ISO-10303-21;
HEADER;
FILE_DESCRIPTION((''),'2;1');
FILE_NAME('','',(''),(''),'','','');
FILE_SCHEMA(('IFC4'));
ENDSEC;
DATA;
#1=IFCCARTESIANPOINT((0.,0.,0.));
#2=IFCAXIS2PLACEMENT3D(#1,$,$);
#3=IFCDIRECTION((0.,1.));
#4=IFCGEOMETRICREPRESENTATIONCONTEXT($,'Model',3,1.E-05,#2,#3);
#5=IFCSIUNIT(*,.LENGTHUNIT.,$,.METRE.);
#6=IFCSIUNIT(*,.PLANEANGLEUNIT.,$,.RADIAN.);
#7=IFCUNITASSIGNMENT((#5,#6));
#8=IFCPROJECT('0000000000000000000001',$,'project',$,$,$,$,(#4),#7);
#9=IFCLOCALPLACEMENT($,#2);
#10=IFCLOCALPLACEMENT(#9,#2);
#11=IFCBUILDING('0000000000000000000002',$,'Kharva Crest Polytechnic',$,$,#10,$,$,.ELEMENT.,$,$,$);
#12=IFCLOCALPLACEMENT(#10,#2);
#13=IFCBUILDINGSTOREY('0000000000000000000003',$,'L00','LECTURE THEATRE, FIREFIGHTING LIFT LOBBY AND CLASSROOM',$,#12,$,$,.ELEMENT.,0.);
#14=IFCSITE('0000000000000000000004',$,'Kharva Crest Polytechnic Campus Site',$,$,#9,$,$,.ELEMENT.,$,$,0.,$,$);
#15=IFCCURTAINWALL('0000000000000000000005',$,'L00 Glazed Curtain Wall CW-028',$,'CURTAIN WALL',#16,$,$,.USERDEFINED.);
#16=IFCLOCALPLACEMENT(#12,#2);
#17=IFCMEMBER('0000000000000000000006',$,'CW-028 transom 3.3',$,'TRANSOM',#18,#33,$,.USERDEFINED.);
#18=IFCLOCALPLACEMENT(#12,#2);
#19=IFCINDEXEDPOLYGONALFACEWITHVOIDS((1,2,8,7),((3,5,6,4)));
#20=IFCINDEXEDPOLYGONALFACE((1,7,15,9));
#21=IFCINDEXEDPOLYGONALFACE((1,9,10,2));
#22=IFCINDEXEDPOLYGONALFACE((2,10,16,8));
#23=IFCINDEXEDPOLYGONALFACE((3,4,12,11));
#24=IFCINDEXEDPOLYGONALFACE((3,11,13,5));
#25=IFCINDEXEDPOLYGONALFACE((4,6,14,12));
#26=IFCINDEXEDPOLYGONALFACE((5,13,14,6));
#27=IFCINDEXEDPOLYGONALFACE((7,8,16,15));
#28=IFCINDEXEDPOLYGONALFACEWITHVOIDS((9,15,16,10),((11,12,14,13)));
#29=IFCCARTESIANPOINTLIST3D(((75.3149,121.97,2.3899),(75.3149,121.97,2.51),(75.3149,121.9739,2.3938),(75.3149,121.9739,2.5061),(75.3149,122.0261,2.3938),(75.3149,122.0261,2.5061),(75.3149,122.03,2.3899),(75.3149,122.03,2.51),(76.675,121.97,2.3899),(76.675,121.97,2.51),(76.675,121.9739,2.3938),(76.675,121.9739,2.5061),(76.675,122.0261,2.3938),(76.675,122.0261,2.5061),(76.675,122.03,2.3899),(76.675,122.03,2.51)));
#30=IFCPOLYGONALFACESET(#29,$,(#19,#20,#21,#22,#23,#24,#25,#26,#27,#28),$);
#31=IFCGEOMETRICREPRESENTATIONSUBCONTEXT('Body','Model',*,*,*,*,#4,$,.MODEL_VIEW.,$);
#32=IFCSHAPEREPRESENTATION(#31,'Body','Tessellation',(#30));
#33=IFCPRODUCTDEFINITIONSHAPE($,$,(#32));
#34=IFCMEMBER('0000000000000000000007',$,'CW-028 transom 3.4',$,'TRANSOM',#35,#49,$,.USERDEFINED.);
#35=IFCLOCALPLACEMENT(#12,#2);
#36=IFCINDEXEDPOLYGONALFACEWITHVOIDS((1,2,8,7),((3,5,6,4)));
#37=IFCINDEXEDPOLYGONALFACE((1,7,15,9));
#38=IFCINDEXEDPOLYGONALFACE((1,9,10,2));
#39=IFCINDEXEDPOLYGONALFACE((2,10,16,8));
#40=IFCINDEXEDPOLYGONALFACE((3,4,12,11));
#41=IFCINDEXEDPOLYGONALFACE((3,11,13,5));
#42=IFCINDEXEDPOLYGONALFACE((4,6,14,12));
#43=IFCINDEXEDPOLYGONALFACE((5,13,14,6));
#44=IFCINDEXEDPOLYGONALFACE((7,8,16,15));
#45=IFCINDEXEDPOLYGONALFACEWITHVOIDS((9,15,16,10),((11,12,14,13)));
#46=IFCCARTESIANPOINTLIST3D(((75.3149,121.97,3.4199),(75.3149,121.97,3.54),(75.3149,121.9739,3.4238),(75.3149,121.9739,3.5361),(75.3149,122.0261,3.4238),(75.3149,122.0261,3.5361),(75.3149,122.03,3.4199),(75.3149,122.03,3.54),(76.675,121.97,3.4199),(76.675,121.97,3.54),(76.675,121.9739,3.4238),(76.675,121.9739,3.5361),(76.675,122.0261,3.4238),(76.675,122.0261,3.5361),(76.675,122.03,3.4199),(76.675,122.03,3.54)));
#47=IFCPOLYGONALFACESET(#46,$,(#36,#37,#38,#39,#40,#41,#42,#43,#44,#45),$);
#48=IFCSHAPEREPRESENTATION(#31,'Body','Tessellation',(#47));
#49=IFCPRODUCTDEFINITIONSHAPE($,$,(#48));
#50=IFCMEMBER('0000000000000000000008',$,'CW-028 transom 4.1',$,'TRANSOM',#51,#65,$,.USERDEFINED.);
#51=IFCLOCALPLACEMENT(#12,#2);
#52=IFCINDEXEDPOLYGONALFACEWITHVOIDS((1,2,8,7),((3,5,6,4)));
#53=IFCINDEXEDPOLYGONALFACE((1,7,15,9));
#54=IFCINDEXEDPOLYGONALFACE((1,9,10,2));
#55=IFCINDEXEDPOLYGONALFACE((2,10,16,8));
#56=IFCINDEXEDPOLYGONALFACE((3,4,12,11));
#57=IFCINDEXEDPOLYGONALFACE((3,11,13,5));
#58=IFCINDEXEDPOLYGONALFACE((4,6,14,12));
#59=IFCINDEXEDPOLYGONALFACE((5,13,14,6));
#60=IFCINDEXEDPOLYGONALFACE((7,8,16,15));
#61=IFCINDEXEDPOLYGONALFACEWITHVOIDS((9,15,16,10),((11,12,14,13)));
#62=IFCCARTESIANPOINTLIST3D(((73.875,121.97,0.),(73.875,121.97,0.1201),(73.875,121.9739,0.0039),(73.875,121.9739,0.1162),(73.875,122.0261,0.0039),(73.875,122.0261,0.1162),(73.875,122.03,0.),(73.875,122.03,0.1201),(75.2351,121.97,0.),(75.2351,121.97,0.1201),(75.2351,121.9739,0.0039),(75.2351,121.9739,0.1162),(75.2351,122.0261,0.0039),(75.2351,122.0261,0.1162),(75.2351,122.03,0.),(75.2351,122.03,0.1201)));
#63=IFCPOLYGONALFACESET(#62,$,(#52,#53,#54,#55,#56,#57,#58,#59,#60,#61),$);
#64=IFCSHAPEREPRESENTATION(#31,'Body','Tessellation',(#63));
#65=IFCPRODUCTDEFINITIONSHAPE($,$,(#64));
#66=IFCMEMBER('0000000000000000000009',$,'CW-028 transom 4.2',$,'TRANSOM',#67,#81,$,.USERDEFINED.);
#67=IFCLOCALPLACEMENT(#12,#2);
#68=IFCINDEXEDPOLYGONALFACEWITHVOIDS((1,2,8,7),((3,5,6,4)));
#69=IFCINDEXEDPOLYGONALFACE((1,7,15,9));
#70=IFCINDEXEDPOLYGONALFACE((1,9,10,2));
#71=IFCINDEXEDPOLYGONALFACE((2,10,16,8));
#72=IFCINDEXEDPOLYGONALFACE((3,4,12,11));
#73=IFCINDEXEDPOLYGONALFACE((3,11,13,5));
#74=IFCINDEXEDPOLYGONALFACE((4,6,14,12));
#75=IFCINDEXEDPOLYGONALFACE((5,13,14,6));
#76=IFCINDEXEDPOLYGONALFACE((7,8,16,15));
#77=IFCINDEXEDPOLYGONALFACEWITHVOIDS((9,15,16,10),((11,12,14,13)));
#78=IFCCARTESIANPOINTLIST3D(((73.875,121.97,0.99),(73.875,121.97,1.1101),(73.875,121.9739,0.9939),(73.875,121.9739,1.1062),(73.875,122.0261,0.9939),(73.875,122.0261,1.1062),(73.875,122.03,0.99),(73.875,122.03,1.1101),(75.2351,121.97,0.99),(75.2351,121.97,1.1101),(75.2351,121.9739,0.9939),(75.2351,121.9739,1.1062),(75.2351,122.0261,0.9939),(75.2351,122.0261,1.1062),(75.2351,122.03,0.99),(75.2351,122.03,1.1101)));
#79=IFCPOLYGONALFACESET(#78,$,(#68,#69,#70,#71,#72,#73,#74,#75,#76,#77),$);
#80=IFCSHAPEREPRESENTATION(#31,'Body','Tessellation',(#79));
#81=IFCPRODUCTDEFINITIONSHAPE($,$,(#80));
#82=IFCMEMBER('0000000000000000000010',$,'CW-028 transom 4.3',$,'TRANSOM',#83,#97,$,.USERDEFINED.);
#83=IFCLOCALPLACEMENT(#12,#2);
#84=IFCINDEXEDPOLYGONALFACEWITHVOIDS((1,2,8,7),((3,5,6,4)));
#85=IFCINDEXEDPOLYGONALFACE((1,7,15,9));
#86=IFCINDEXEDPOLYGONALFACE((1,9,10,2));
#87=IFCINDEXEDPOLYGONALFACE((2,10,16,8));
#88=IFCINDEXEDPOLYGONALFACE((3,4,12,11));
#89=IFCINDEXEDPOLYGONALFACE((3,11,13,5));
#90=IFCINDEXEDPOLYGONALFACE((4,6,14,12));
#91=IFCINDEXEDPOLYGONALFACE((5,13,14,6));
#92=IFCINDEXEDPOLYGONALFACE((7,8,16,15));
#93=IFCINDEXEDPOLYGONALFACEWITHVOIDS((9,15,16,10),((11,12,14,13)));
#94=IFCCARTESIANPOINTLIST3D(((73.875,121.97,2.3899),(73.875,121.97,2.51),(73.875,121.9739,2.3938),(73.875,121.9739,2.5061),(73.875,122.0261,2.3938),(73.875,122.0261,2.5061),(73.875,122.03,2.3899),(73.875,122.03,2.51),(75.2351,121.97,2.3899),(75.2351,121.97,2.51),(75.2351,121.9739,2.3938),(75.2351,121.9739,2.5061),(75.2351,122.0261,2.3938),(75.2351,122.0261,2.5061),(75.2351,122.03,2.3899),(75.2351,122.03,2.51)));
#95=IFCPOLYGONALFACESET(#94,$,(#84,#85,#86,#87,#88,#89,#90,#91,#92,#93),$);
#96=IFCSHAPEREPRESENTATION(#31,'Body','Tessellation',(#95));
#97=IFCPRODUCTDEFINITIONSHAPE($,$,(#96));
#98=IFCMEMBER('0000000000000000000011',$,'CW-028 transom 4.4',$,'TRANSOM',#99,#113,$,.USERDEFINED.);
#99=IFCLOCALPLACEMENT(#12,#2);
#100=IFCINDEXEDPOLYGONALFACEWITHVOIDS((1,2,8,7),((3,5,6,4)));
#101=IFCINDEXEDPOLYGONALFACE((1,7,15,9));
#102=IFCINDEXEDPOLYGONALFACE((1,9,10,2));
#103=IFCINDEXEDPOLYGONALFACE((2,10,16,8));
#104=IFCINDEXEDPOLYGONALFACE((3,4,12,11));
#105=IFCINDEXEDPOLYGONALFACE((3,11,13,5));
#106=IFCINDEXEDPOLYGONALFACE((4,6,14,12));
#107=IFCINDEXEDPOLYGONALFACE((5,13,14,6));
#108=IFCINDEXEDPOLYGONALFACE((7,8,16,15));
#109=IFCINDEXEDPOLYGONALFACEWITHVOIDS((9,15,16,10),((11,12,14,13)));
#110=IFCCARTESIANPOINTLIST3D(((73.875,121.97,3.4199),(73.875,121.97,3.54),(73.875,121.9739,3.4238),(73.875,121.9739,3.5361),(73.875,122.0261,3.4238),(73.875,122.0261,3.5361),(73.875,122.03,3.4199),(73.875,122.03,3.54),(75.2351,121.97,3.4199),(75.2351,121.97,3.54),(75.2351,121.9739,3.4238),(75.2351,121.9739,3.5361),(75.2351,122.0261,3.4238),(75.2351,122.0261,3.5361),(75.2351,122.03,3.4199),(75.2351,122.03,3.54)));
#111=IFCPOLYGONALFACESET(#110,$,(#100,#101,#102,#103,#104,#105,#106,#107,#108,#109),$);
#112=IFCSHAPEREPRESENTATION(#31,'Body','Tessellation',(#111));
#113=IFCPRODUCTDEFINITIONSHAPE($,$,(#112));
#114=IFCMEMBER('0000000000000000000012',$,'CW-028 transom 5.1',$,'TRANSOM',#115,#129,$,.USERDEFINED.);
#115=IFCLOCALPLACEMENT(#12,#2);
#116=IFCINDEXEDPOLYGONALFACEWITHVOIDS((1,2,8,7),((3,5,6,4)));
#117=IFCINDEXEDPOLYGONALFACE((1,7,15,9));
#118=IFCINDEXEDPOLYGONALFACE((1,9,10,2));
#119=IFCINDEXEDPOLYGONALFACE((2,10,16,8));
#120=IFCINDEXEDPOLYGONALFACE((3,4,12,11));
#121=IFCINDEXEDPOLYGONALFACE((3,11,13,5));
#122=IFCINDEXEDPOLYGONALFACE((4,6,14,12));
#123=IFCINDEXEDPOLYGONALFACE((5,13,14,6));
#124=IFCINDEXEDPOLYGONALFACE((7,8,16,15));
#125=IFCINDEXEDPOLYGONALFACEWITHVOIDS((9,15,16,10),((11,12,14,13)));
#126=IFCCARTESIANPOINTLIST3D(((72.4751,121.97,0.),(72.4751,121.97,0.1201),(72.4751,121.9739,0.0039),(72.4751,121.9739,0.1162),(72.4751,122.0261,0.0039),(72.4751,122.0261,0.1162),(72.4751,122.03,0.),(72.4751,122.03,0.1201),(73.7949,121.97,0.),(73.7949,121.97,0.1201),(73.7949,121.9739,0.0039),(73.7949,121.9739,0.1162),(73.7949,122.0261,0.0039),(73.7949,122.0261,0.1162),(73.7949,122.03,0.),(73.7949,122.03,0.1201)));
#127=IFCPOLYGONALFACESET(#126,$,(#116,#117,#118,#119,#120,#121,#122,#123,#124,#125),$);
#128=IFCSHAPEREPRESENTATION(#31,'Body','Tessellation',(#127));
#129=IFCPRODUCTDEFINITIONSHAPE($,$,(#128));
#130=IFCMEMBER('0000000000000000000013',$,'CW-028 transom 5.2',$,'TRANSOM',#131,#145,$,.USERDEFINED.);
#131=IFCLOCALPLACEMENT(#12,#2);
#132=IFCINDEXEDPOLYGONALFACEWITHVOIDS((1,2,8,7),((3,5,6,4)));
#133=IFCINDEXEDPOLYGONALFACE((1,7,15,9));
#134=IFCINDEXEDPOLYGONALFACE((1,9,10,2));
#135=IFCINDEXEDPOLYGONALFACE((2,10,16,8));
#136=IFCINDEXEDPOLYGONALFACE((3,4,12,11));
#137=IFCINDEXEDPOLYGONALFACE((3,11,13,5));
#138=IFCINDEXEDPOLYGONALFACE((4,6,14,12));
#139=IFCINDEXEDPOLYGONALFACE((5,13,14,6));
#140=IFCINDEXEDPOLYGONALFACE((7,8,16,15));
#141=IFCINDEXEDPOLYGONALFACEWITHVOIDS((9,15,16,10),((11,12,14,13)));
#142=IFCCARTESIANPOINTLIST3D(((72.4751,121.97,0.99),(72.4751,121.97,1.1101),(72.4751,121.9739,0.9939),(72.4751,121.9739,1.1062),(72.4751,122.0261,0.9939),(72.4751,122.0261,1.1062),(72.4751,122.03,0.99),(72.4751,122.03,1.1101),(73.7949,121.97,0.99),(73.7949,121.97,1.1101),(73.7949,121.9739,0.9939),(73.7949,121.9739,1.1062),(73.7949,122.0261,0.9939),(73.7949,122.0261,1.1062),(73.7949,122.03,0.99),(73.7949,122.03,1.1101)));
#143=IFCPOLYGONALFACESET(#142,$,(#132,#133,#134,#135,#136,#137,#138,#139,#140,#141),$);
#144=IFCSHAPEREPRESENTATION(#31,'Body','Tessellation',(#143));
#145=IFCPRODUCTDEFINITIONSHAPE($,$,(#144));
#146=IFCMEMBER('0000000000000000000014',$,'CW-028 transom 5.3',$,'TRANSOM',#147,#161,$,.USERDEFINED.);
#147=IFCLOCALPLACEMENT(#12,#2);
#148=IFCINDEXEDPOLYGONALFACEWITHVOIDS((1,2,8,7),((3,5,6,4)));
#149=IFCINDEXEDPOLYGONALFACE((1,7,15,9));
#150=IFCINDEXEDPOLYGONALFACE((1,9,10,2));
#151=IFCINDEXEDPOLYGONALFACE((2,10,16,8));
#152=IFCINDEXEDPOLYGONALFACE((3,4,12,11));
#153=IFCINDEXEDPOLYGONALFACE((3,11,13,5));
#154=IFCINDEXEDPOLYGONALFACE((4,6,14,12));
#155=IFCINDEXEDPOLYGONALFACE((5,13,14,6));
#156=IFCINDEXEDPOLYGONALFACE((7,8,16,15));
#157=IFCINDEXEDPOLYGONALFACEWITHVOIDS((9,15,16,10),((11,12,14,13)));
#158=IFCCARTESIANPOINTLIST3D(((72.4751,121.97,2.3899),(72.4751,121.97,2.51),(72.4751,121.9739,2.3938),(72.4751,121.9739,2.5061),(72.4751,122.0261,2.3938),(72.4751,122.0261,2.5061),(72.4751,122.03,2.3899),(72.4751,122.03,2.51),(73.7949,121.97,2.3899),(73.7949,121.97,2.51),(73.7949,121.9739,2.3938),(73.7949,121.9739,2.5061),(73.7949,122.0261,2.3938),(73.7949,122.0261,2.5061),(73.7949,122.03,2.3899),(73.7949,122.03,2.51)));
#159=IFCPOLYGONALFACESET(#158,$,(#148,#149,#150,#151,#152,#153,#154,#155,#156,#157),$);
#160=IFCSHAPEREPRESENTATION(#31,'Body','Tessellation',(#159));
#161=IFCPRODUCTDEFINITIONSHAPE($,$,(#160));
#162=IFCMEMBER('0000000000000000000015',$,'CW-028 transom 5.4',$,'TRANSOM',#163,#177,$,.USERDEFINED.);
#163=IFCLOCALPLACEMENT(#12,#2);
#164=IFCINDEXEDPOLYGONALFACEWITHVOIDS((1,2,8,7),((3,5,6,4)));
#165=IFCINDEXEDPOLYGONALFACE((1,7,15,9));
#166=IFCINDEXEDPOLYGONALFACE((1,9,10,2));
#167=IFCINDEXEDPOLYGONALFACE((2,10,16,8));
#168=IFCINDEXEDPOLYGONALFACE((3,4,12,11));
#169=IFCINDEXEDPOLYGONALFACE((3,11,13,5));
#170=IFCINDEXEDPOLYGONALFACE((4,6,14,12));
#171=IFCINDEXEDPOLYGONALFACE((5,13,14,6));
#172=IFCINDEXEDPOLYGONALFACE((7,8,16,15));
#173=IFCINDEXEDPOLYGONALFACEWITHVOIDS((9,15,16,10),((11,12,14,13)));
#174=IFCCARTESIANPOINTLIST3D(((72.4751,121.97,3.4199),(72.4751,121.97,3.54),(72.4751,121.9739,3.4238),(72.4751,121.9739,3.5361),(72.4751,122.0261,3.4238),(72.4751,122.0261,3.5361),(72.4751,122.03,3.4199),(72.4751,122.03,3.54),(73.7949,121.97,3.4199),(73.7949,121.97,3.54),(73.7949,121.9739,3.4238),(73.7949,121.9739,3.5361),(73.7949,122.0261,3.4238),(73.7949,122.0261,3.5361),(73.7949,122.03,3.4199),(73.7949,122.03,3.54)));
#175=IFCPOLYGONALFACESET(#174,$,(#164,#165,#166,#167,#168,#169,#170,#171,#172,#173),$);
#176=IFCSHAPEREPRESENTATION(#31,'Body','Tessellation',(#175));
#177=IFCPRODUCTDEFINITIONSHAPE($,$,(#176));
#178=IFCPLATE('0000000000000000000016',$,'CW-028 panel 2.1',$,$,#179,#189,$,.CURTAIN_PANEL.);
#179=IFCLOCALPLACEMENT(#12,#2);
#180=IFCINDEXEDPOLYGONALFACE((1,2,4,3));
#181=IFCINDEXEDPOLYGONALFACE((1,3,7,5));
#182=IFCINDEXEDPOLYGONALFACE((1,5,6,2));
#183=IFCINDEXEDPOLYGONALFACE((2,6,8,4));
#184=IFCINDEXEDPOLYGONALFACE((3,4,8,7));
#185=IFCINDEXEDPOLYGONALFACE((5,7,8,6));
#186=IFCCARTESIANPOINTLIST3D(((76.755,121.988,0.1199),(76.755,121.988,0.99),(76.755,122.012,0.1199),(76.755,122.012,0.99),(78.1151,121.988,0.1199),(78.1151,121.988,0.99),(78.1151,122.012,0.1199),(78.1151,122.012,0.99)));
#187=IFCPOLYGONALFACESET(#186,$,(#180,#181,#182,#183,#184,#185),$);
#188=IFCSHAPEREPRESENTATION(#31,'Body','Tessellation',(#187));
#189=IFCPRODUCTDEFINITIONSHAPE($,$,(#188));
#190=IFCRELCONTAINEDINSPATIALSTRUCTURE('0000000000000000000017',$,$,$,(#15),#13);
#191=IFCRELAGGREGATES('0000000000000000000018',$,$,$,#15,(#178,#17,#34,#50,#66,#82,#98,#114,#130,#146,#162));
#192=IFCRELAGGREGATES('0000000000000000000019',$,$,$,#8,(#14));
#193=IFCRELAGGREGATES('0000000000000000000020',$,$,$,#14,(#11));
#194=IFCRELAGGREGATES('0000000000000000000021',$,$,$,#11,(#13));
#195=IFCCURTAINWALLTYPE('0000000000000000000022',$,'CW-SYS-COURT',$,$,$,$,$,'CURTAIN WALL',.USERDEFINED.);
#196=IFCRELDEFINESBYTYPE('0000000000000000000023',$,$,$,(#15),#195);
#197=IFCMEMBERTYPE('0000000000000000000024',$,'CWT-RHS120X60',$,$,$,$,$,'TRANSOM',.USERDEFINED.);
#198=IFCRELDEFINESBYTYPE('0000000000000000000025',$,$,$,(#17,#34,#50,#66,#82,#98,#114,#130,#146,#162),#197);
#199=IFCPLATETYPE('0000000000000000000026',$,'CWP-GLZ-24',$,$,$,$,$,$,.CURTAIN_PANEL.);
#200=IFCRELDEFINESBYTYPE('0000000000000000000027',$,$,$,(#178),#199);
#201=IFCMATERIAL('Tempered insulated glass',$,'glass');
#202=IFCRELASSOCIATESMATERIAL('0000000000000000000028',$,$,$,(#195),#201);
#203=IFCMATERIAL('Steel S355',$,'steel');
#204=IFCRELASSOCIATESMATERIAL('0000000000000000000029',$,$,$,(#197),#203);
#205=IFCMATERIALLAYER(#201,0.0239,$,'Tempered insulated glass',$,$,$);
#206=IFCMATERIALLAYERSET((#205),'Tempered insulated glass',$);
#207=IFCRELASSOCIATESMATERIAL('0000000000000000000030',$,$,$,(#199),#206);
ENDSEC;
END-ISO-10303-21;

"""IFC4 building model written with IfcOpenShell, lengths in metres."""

from ifc_helpers import new_model, si_unit, direction, frame, origin, origin_2d, place, context, subcontext, project, spatial, rectangle, hollow_rectangle, extrude, material, layer, layer_set, material_profile, profile_set, type_object, element, aggregate, save


model = new_model("IFC4")

# Units and contexts
model_context = context("Model", 3, precision=1e-05, world=origin(), true_north=direction((0.0, 1.0)))
body_context = subcontext(model_context, "Body", "Model", "MODEL_VIEW")
ifc_project = project(units=[si_unit("LENGTHUNIT", "METRE"), si_unit("PLANEANGLEUNIT", "RADIAN")], contexts=[model_context])

# Site, building, storey
site_placement = place(None, origin())
site = spatial("IfcSite", under=ifc_project, at=site_placement, Name="Kharva Crest Polytechnic Campus Site", CompositionType="ELEMENT", RefElevation=0.0)
building_placement = place(site_placement, origin())
building = spatial("IfcBuilding", under=site, at=building_placement, Name="Kharva Crest Polytechnic", CompositionType="ELEMENT")
storey_placement = place(building_placement, origin())
storey = spatial("IfcBuildingStorey", under=building, at=storey_placement, Name="L00", Description="LECTURE THEATRE, FIREFIGHTING LIFT LOBBY AND CLASSROOM", CompositionType="ELEMENT", Elevation=0.0)

# Curtain wall, members, plate
ifc_material_1 = material(Name="Tempered insulated glass", Category="glass")
curtain_wall_type = type_object("IfcCurtainWallType", Name="CW-SYS-COURT", ElementType="CURTAIN WALL", PredefinedType="USERDEFINED", material=ifc_material_1)
curtain_wall_placement = place(storey_placement, origin())
curtain_wall = element("IfcCurtainWall", 1, at=curtain_wall_placement, inside=storey, type_object=curtain_wall_type, Name="L00 Glazed Curtain Wall CW-028", ObjectType="CURTAIN WALL", PredefinedType="USERDEFINED")
ifc_material_2 = material(Name="Steel S355", Category="steel")
ifc_material_profile_1 = material_profile(ifc_material_2, hollow_rectangle(XDim=0.0601, YDim=0.1201, WallThickness=0.0039, at=origin_2d()), Name="RHS 120X60X4.0")
ifc_profile_set_1 = profile_set([ifc_material_profile_1], Name="Steel S355")
member_type_1 = type_object("IfcMemberType", Name="CWT-RHS120X60", ElementType="TRANSOM", PredefinedType="USERDEFINED", material=ifc_profile_set_1)
member_1_placement = place(storey_placement, frame((76.675, 122.0, 2.45), z_axis=(-1.0, 0.0, 0.0), x_axis=(0.0, -1.0, 0.0)))
member_1 = element("IfcMember", 2, at=member_1_placement, type_object=member_type_1, Name="CW-028 transom 3.3", ObjectType="TRANSOM", PredefinedType="USERDEFINED", context=body_context, shape_type="SweptSolid", body=[
    extrude(hollow_rectangle(XDim=0.0601, YDim=0.1201, WallThickness=0.0039, at=origin_2d()), origin(), (0.0, 0.0, 1.0), 1.3601),
])
member_2_placement = place(storey_placement, frame((76.675, 122.0, 3.48), z_axis=(-1.0, 0.0, 0.0), x_axis=(0.0, -1.0, 0.0)))
member_2 = element("IfcMember", 3, at=member_2_placement, type_object=member_type_1, Name="CW-028 transom 3.4", ObjectType="TRANSOM", PredefinedType="USERDEFINED", context=body_context, shape_type="SweptSolid", body=[
    extrude(hollow_rectangle(XDim=0.0601, YDim=0.1201, WallThickness=0.0039, at=origin_2d()), origin(), (0.0, 0.0, 1.0), 1.3601),
])
member_3_placement = place(storey_placement, frame((75.2351, 122.0, 0.0601), z_axis=(-1.0, 0.0, 0.0), x_axis=(0.0, -1.0, 0.0)))
member_3 = element("IfcMember", 4, at=member_3_placement, type_object=member_type_1, Name="CW-028 transom 4.1", ObjectType="TRANSOM", PredefinedType="USERDEFINED", context=body_context, shape_type="SweptSolid", body=[
    extrude(hollow_rectangle(XDim=0.0601, YDim=0.1201, WallThickness=0.0039, at=origin_2d()), origin(), (0.0, 0.0, 1.0), 1.3601),
])
member_4_placement = place(storey_placement, frame((75.2351, 122.0, 1.05), z_axis=(-1.0, 0.0, 0.0), x_axis=(0.0, -1.0, 0.0)))
member_4 = element("IfcMember", 5, at=member_4_placement, type_object=member_type_1, Name="CW-028 transom 4.2", ObjectType="TRANSOM", PredefinedType="USERDEFINED", context=body_context, shape_type="SweptSolid", body=[
    extrude(hollow_rectangle(XDim=0.0601, YDim=0.1201, WallThickness=0.0039, at=origin_2d()), origin(), (0.0, 0.0, 1.0), 1.3601),
])
member_5_placement = place(storey_placement, frame((75.2351, 122.0, 2.45), z_axis=(-1.0, 0.0, 0.0), x_axis=(0.0, -1.0, 0.0)))
member_5 = element("IfcMember", 6, at=member_5_placement, type_object=member_type_1, Name="CW-028 transom 4.3", ObjectType="TRANSOM", PredefinedType="USERDEFINED", context=body_context, shape_type="SweptSolid", body=[
    extrude(hollow_rectangle(XDim=0.0601, YDim=0.1201, WallThickness=0.0039, at=origin_2d()), origin(), (0.0, 0.0, 1.0), 1.3601),
])
member_6_placement = place(storey_placement, frame((75.2351, 122.0, 3.48), z_axis=(-1.0, 0.0, 0.0), x_axis=(0.0, -1.0, 0.0)))
member_6 = element("IfcMember", 7, at=member_6_placement, type_object=member_type_1, Name="CW-028 transom 4.4", ObjectType="TRANSOM", PredefinedType="USERDEFINED", context=body_context, shape_type="SweptSolid", body=[
    extrude(hollow_rectangle(XDim=0.0601, YDim=0.1201, WallThickness=0.0039, at=origin_2d()), origin(), (0.0, 0.0, 1.0), 1.3601),
])
member_7_placement = place(storey_placement, frame((73.7949, 122.0, 0.0601), z_axis=(-1.0, 0.0, 0.0), x_axis=(0.0, -1.0, 0.0)))
member_7 = element("IfcMember", 8, at=member_7_placement, type_object=member_type_1, Name="CW-028 transom 5.1", ObjectType="TRANSOM", PredefinedType="USERDEFINED", context=body_context, shape_type="SweptSolid", body=[
    extrude(hollow_rectangle(XDim=0.0601, YDim=0.1201, WallThickness=0.0039, at=origin_2d()), origin(), (0.0, 0.0, 1.0), 1.3198),
])
member_8_placement = place(storey_placement, frame((73.7949, 122.0, 1.05), z_axis=(-1.0, 0.0, 0.0), x_axis=(0.0, -1.0, 0.0)))
member_8 = element("IfcMember", 9, at=member_8_placement, type_object=member_type_1, Name="CW-028 transom 5.2", ObjectType="TRANSOM", PredefinedType="USERDEFINED", context=body_context, shape_type="SweptSolid", body=[
    extrude(hollow_rectangle(XDim=0.0601, YDim=0.1201, WallThickness=0.0039, at=origin_2d()), origin(), (0.0, 0.0, 1.0), 1.3198),
])
member_9_placement = place(storey_placement, frame((73.7949, 122.0, 2.45), z_axis=(-1.0, 0.0, 0.0), x_axis=(0.0, -1.0, 0.0)))
member_9 = element("IfcMember", 10, at=member_9_placement, type_object=member_type_1, Name="CW-028 transom 5.3", ObjectType="TRANSOM", PredefinedType="USERDEFINED", context=body_context, shape_type="SweptSolid", body=[
    extrude(hollow_rectangle(XDim=0.0601, YDim=0.1201, WallThickness=0.0039, at=origin_2d()), origin(), (0.0, 0.0, 1.0), 1.3198),
])
member_10_placement = place(storey_placement, frame((73.7949, 122.0, 3.48), z_axis=(-1.0, 0.0, 0.0), x_axis=(0.0, -1.0, 0.0)))
member_10 = element("IfcMember", 11, at=member_10_placement, type_object=member_type_1, Name="CW-028 transom 5.4", ObjectType="TRANSOM", PredefinedType="USERDEFINED", context=body_context, shape_type="SweptSolid", body=[
    extrude(hollow_rectangle(XDim=0.0601, YDim=0.1201, WallThickness=0.0039, at=origin_2d()), origin(), (0.0, 0.0, 1.0), 1.3198),
])
ifc_layer = layer(ifc_material_1, 0.0239, Name="Tempered insulated glass")
ifc_layer_set = layer_set([ifc_layer], Name="Tempered insulated glass")
plate_type = type_object("IfcPlateType", Name="CWP-GLZ-24", PredefinedType="CURTAIN_PANEL", material=ifc_layer_set)
plate_1_placement = place(storey_placement, frame((77.4351, 122.0, 0.1199), z_axis=(0.0, 0.0, 1.0), x_axis=(-1.0, 0.0, 0.0)))
plate_1 = element("IfcPlate", 12, at=plate_1_placement, type_object=plate_type, Name="CW-028 panel 2.1", PredefinedType="CURTAIN_PANEL", context=body_context, shape_type="SweptSolid", body=[
    extrude(rectangle(XDim=1.3601, YDim=0.0239, at=origin_2d()), origin(), (0.0, 0.0, 1.0), 0.8701),
])
aggregate(curtain_wall, [plate_1, member_1, member_2, member_3, member_4, member_5, member_6, member_7, member_8, member_9, member_10])

save(model, "model.ifc")
